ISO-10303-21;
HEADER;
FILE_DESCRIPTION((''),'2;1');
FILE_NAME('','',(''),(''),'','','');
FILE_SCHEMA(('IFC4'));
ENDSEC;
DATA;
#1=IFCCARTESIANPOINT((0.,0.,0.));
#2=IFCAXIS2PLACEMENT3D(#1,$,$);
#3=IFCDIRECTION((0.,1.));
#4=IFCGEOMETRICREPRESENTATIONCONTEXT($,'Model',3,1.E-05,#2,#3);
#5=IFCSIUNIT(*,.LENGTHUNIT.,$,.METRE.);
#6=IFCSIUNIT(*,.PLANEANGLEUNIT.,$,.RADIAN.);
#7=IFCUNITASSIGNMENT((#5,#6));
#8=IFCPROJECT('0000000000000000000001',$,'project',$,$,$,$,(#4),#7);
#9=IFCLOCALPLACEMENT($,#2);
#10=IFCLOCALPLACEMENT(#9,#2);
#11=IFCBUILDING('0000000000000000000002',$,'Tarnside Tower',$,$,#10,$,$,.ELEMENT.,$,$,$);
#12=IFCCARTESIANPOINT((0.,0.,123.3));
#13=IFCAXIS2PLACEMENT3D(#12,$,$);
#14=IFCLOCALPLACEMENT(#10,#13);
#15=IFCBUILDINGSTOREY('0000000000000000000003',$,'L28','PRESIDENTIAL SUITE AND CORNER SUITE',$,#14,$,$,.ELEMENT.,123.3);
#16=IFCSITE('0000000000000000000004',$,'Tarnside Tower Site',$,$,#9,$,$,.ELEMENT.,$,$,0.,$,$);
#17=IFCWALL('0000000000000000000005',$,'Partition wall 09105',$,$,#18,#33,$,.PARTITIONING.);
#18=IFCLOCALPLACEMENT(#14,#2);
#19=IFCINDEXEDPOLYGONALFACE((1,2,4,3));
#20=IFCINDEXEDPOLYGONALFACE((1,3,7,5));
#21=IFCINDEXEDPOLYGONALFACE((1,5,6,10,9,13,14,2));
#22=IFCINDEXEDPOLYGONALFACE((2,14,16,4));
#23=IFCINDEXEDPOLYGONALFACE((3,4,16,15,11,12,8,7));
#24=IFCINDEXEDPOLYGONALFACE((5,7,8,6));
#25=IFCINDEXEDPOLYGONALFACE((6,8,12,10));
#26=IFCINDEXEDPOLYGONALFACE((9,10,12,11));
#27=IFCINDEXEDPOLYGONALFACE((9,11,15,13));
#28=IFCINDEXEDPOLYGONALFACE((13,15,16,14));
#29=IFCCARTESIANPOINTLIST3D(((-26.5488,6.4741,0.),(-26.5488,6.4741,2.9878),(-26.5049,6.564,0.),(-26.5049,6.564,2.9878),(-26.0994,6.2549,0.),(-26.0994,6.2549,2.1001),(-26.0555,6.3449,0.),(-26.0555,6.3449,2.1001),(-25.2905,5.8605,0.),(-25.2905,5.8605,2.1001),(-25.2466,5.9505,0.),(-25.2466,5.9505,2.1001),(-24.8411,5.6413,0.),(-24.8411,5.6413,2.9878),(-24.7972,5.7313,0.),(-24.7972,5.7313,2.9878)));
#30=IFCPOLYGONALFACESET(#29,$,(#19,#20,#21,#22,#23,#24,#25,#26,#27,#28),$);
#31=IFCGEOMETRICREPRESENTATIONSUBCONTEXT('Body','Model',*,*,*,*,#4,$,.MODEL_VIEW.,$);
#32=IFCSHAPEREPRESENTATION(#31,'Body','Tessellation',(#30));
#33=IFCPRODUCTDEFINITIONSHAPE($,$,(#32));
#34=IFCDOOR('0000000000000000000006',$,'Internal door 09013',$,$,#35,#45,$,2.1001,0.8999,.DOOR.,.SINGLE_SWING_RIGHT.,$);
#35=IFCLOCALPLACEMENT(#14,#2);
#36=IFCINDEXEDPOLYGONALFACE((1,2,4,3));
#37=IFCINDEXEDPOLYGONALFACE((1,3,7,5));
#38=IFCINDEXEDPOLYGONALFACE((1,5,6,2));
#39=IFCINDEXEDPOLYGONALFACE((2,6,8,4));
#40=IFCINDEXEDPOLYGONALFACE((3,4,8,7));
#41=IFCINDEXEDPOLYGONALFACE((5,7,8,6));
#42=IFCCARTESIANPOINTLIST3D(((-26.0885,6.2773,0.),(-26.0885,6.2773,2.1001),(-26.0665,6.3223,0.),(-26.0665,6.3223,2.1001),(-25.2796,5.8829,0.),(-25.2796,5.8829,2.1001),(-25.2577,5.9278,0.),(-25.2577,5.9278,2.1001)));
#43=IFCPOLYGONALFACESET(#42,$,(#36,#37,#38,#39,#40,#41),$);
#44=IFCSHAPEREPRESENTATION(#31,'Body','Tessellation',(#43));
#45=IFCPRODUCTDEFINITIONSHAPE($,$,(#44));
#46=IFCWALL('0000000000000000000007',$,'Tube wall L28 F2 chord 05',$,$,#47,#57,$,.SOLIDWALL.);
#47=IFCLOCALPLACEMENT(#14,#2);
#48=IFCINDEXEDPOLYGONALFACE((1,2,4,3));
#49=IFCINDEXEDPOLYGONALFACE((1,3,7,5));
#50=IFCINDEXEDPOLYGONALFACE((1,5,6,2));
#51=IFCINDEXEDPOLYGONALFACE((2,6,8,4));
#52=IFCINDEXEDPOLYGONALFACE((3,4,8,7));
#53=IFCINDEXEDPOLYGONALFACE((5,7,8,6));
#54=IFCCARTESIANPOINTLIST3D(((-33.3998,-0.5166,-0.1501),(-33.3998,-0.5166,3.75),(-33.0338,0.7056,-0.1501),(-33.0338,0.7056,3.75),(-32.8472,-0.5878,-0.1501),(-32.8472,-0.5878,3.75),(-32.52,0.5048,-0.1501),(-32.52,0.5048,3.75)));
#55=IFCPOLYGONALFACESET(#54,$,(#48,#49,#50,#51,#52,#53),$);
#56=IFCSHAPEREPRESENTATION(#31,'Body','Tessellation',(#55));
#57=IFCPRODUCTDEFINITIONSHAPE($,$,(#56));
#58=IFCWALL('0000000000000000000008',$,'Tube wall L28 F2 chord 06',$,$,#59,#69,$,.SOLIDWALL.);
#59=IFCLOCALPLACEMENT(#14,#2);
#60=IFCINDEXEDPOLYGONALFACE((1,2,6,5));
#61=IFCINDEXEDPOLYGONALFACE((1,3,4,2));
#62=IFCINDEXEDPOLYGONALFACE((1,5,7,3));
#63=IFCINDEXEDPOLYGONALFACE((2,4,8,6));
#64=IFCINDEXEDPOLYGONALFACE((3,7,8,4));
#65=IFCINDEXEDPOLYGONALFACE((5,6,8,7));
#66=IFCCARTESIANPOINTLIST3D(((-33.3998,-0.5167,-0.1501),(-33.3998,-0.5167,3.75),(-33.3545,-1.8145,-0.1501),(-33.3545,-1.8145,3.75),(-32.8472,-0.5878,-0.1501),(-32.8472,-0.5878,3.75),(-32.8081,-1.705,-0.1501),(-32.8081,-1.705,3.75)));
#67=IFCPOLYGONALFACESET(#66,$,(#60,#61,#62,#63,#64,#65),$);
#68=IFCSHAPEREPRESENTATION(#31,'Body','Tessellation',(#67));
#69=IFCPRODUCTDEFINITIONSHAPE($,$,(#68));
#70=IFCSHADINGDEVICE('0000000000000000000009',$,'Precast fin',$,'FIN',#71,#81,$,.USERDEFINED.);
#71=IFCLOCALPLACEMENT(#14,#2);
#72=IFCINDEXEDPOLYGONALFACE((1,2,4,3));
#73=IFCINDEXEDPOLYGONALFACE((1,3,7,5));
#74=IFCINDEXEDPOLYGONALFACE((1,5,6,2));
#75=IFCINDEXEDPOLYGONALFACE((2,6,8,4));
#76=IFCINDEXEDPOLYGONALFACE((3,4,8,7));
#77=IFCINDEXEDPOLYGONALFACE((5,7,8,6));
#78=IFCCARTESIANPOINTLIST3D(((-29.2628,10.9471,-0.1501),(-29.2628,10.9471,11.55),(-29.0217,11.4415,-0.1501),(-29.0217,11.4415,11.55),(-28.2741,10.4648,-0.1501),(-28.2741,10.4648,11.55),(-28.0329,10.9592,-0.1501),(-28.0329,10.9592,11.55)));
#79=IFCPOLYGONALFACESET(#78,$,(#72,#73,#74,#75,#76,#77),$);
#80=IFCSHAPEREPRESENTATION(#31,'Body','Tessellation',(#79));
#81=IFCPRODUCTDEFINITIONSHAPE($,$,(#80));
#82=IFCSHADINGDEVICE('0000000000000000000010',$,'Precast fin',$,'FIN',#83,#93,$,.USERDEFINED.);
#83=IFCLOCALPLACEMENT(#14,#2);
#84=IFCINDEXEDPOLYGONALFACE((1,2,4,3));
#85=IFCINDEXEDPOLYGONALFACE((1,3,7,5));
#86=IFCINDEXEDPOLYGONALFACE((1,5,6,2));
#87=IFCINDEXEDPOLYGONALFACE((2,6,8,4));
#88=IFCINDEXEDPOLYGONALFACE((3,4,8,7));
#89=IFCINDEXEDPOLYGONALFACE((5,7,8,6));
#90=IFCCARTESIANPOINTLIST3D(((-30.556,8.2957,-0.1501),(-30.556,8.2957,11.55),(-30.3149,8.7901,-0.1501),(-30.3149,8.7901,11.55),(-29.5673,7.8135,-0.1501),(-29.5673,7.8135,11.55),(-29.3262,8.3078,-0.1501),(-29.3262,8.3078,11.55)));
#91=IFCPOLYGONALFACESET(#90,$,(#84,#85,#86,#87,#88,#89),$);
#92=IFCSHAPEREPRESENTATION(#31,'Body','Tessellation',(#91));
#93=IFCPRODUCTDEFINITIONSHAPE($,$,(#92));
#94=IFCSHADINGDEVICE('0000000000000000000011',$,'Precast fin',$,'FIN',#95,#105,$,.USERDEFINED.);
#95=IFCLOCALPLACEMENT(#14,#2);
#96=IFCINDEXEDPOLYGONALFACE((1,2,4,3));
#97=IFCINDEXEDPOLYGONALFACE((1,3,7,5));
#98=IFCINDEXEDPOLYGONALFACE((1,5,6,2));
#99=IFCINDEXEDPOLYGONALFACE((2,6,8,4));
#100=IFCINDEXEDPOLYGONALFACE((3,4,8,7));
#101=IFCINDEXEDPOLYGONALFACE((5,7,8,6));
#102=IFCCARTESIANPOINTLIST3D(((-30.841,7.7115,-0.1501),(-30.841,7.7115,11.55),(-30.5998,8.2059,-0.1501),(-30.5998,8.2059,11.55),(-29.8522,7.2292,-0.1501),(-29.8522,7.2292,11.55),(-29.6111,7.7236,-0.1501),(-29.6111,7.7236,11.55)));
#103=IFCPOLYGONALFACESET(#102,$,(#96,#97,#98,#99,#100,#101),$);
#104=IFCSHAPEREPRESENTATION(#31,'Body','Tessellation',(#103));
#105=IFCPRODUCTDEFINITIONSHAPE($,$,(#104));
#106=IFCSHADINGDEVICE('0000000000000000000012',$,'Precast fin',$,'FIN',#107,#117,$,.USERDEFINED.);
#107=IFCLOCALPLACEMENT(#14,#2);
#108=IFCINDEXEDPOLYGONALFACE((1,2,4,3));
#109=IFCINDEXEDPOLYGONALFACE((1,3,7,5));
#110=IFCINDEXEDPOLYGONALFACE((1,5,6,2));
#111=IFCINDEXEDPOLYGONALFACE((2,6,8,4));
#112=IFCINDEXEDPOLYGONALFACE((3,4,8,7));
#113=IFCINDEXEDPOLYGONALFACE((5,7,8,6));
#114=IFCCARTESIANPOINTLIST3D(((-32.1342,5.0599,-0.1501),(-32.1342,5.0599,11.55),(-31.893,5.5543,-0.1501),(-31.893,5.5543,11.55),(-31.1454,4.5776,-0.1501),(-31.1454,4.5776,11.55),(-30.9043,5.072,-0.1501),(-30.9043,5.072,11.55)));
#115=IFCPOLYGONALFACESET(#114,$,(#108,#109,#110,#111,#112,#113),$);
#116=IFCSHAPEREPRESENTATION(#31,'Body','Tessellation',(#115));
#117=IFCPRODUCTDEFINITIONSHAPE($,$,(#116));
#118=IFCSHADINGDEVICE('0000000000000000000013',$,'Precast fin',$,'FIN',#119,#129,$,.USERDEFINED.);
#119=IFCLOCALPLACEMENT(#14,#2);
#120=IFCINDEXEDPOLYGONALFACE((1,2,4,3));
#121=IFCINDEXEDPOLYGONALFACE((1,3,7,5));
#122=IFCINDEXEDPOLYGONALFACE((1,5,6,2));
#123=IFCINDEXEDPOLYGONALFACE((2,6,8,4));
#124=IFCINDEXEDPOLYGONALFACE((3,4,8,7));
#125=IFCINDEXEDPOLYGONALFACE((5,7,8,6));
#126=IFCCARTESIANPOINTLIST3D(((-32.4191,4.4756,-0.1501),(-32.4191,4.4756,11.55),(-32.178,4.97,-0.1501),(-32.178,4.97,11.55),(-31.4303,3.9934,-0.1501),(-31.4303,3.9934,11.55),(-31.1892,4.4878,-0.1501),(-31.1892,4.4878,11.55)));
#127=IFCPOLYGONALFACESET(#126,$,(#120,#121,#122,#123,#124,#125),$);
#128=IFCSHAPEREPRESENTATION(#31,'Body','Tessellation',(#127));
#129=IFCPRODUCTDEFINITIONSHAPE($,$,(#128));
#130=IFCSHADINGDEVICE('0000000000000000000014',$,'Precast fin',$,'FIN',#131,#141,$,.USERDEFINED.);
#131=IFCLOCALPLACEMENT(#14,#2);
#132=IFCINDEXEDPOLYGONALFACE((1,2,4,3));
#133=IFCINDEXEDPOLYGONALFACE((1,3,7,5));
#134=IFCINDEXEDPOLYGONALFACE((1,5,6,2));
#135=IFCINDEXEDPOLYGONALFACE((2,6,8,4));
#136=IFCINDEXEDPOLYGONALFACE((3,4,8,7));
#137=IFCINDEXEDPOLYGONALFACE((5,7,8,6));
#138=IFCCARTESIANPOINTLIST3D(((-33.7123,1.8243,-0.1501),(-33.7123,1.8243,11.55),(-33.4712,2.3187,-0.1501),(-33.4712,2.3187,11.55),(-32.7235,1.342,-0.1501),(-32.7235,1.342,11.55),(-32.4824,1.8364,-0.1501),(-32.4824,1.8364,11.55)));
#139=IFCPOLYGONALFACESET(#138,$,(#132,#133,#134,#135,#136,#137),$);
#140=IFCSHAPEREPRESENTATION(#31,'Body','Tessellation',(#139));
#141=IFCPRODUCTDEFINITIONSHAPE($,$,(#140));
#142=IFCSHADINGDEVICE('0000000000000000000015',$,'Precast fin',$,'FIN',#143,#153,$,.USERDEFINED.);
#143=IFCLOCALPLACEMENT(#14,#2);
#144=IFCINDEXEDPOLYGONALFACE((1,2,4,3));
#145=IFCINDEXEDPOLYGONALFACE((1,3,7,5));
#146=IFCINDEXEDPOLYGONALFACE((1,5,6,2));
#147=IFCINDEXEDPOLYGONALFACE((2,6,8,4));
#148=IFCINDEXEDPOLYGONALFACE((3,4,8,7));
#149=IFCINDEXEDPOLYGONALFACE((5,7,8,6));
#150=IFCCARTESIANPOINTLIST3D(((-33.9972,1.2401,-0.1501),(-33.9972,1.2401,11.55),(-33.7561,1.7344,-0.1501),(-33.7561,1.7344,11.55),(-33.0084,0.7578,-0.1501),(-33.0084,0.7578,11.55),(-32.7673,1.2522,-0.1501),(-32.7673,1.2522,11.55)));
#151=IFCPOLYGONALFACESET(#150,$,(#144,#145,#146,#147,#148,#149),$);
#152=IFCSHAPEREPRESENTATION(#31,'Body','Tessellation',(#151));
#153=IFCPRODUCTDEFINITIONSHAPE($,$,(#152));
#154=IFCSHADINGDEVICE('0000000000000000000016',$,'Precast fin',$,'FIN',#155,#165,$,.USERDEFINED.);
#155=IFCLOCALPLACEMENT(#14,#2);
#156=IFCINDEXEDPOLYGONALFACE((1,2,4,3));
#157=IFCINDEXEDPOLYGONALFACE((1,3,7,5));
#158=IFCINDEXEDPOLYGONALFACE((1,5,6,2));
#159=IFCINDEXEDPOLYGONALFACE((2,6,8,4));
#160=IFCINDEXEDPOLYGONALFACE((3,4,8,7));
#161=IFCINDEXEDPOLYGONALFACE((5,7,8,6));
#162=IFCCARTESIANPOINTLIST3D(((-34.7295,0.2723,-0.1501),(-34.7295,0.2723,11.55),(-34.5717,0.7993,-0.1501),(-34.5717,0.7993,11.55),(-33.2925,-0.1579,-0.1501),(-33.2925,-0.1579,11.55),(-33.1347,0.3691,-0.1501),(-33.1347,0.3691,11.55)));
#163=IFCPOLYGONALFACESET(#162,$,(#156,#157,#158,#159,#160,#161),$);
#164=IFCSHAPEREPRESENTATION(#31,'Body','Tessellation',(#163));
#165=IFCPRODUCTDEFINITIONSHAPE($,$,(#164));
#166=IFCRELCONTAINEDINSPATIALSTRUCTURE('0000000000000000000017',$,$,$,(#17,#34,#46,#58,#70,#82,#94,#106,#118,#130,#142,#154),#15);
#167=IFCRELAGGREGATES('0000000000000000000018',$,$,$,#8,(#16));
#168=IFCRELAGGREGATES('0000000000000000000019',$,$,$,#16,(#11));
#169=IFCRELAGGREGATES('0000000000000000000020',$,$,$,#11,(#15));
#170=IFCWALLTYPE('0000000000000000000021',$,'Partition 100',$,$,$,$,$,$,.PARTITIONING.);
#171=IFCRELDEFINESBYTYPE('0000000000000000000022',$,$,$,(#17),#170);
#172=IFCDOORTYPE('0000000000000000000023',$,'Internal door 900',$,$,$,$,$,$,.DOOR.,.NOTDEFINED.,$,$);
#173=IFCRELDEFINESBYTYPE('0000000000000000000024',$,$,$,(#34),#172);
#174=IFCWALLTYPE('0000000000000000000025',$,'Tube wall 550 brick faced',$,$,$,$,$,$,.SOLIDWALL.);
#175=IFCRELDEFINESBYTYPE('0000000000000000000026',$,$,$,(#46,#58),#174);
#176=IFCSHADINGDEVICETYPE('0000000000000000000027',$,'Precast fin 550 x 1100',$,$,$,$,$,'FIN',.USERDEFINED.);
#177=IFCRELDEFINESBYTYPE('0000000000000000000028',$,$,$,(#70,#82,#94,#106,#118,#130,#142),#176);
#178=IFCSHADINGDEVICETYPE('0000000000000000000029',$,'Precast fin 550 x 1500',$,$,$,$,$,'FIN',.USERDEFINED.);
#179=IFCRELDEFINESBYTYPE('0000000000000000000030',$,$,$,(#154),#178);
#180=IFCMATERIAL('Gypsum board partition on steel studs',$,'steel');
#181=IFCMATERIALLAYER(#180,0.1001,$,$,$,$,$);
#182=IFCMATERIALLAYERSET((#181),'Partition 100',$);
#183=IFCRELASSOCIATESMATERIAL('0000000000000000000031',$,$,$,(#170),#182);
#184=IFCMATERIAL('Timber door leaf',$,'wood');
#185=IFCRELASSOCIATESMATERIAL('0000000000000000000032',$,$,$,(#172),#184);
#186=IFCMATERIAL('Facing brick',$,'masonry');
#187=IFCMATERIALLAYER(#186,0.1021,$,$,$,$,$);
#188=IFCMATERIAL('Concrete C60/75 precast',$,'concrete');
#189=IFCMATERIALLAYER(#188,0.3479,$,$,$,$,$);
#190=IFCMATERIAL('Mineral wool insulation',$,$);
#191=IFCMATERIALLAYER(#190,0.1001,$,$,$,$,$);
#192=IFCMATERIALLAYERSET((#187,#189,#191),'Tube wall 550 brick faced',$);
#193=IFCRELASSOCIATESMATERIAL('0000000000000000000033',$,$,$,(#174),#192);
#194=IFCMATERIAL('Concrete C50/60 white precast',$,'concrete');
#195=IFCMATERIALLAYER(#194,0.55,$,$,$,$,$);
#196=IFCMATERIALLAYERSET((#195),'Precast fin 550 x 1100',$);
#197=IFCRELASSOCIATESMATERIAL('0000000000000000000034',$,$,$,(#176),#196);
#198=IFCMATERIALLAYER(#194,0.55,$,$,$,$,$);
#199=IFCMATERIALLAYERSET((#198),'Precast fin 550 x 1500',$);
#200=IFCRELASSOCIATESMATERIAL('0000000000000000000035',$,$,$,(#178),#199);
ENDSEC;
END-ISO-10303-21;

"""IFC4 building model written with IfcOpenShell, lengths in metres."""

from ifc_helpers import new_model, si_unit, direction, frame, frame_2d, origin, place, context, subcontext, project, spatial, polyline, rectangle, outline, extrude, material, layer, layer_set, type_object, element, fill, save


model = new_model("IFC4")

# Units and contexts
model_context = context("Model", 3, precision=1e-05, world=origin(), true_north=direction((0.0, 1.0)))
body_context = subcontext(model_context, "Body", "Model", "MODEL_VIEW")
ifc_project = project(units=[si_unit("LENGTHUNIT", "METRE"), si_unit("PLANEANGLEUNIT", "RADIAN")], contexts=[model_context])

# Site, building, storey
site_placement = place(None, origin())
site = spatial("IfcSite", under=ifc_project, at=site_placement, Name="Tarnside Tower Site", CompositionType="ELEMENT", RefElevation=0.0)
building_placement = place(site_placement, origin())
building = spatial("IfcBuilding", under=site, at=building_placement, Name="Tarnside Tower", CompositionType="ELEMENT")
storey_placement = place(building_placement, frame((0.0, 0.0, 123.3)))
storey = spatial("IfcBuildingStorey", under=building, at=storey_placement, Name="L28", Description="PRESIDENTIAL SUITE AND CORNER SUITE", CompositionType="ELEMENT", Elevation=123.3)

# Shared definitions
ifc_material_1 = material(Name="Gypsum board partition on steel studs", Category="steel")

# Shared definitions
ifc_material_2 = material(Name="Timber door leaf", Category="wood")

# Shared definitions
ifc_layer_1 = layer(ifc_material_1, 0.1001)
ifc_layer_set_1 = layer_set([ifc_layer_1], Name="Partition 100")
wall_type_1 = type_object("IfcWallType", Name="Partition 100", PredefinedType="PARTITIONING", material=ifc_layer_set_1)

# Wall, opening, door
wall_1_placement = place(storey_placement, frame((-26.5269, 6.519, 0.0), z_axis=(0.0, 0.0, 1.0), x_axis=(0.898829, -0.4383, 0.0)))
wall_1 = element("IfcWall", 1, at=wall_1_placement, inside=storey, type_object=wall_type_1, Name="Partition wall 09105", PredefinedType="PARTITIONING", context=body_context, shape_type="SweptSolid", body=[
    extrude(rectangle(XDim=1.8999, YDim=0.1001, at=frame_2d((0.95, 0.0))), origin(), (0.0, 0.0, 1.0), 2.9878),
])
opening_1_placement = place(wall_1_placement, frame((0.5, 0.0, 0.0)))
opening_1 = element("IfcOpeningElement", 2, at=opening_1_placement, cuts=wall_1, PredefinedType="OPENING", context=body_context, shape_type="SweptSolid", body=[
    extrude(rectangle(XDim=0.8999, YDim=2.1001, at=frame_2d((0.45, 1.05))), frame((0.0, 0.0601, 0.0), z_axis=(0.0, -1.0, 0.0), x_axis=(1.0, 0.0, 0.0)), (0.0, 0.0, 1.0), 0.1201),
])
door_type_1 = type_object("IfcDoorType", Name="Internal door 900", OperationType="NOTDEFINED", PredefinedType="DOOR", material=ifc_material_2)
door_1_placement = place(opening_1_placement, origin())
door_1 = element("IfcDoor", 3, at=door_1_placement, inside=storey, type_object=door_type_1, Name="Internal door 09013", OperationType="SINGLE_SWING_RIGHT", OverallHeight=2.1001, OverallWidth=0.8999, PredefinedType="DOOR", context=body_context, shape_type="SweptSolid", body=[
    extrude(rectangle(XDim=0.8999, YDim=2.1001, at=frame_2d((0.45, 1.05))), frame((0.0, 0.0249, 0.0), z_axis=(0.0, -1.0, 0.0), x_axis=(1.0, 0.0, 0.0)), (0.0, 0.0, 1.0), 0.05),
])
fill(opening_1, door_1)

# Walls
ifc_material_3 = material(Name="Facing brick", Category="masonry")
ifc_layer_2 = layer(ifc_material_3, 0.1021)
ifc_material_4 = material(Name="Concrete C60/75 precast", Category="concrete")
ifc_layer_3 = layer(ifc_material_4, 0.3479)
ifc_material_5 = material(Name="Mineral wool insulation")
ifc_layer_4 = layer(ifc_material_5, 0.1001)
ifc_layer_set_2 = layer_set([ifc_layer_2, ifc_layer_3, ifc_layer_4], Name="Tube wall 550 brick faced")
wall_type_2 = type_object("IfcWallType", Name="Tube wall 550 brick faced", PredefinedType="SOLIDWALL", material=ifc_layer_set_2)
wall_2_placement = place(storey_placement, frame((-32.7769, 0.6052, -0.1501), z_axis=(0.0, 0.0, 1.0), x_axis=(-0.286921, -0.957954, 0.0)))
element("IfcWall", 4, at=wall_2_placement, inside=storey, type_object=wall_type_2, Name="Tube wall L28 F2 chord 05", PredefinedType="SOLIDWALL", context=body_context, shape_type="SweptSolid", body=[
    extrude(outline(polyline([(-0.0225, -0.2749), (1.2534, -0.2749), (1.1631, 0.2749), (0.0225, 0.2749), (-0.0225, -0.2749)])), origin(), (0.0, 0.0, 1.0), 3.9001),
])
wall_3_placement = place(storey_placement, frame((-33.1235, -0.5522, -0.1501), z_axis=(0.0, 0.0, 1.0), x_axis=(0.034956, -0.999389, 0.0)))
element("IfcWall", 5, at=wall_3_placement, inside=storey, type_object=wall_type_2, Name="Tube wall L28 F2 chord 06", PredefinedType="SOLIDWALL", context=body_context, shape_type="SweptSolid", body=[
    extrude(outline(polyline([(-0.0452, -0.2749), (1.2534, -0.2749), (1.1631, 0.2749), (0.0452, 0.2749), (-0.0452, -0.2749)])), origin(), (0.0, 0.0, 1.0), 3.9001),
])

# Shading devices
ifc_material_6 = material(Name="Concrete C50/60 white precast", Category="concrete")
ifc_layer_5 = layer(ifc_material_6, 0.55)
ifc_layer_set_3 = layer_set([ifc_layer_5], Name="Precast fin 550 x 1100")
shading_device_type_1 = type_object("IfcShadingDeviceType", Name="Precast fin 550 x 1100", ElementType="FIN", PredefinedType="USERDEFINED", material=ifc_layer_set_3)
for number, where, z_axis, x_axis, name in (
    (6, (-28.1536, 10.7119, -0.1501), (0.438371, 0.898794, 0.0), (-0.898794, 0.438371, 0.0), "Precast fin"),
    (7, (-29.4468, 8.0605, -0.1501), (0.438371, 0.898794, 0.0), (-0.898794, 0.438371, 0.0), "Precast fin"),
    (8, (-29.7317, 7.4763, -0.1501), (0.438371, 0.898794, 0.0), (-0.898794, 0.438371, 0.0), "Precast fin"),
    (9, (-31.0249, 4.8247, -0.1501), (0.438371, 0.898794, 0.0), (-0.898794, 0.438371, 0.0), "Precast fin"),
    (10, (-31.3098, 4.2405, -0.1501), (0.438371, 0.898794, 0.0), (-0.898794, 0.438371, 0.0), "Precast fin"),
    (11, (-32.603, 1.5891, -0.1501), (0.438371, 0.898794, 0.0), (-0.898794, 0.438371, 0.0), "Precast fin"),
    (12, (-32.8879, 1.0049, -0.1501), (0.438371, 0.898794, 0.0), (-0.898794, 0.438371, 0.0), "Precast fin"),
):
    element("IfcShadingDevice", number, at=place(storey_placement, frame(where, z_axis=z_axis, x_axis=x_axis)), inside=storey, type_object=shading_device_type_1, Name=name, ObjectType="FIN", PredefinedType="USERDEFINED", context=body_context, shape_type="SweptSolid", body=[
        extrude(outline(polyline([(0.0, 0.0), (1.1001, 0.0), (1.1001, 11.7002), (0.0, 11.7002), (0.0, 0.0)])), frame((0.0, 0.0, -0.2749)), (0.0, 0.0, 1.0), 0.55),
    ])
ifc_layer_6 = layer(ifc_material_6, 0.55)
ifc_layer_set_4 = layer_set([ifc_layer_6], Name="Precast fin 550 x 1500")
shading_device_type_2 = type_object("IfcShadingDeviceType", Name="Precast fin 550 x 1500", ElementType="FIN", PredefinedType="USERDEFINED", material=ifc_layer_set_4)
shading_device_placement = place(storey_placement, frame((-33.2136, 0.1055, -0.1501), z_axis=(0.286803, 0.95799, 0.0), x_axis=(-0.95799, 0.286803, 0.0)))
element("IfcShadingDevice", 13, at=shading_device_placement, inside=storey, type_object=shading_device_type_2, Name="Precast fin", ObjectType="FIN", PredefinedType="USERDEFINED", context=body_context, shape_type="SweptSolid", body=[
    extrude(outline(polyline([(0.0, 0.0), (1.5, 0.0), (1.5, 11.7002), (0.0, 11.7002), (0.0, 0.0)])), frame((0.0, 0.0, -0.2749)), (0.0, 0.0, 1.0), 0.55),
])

save(model, "model.ifc")
